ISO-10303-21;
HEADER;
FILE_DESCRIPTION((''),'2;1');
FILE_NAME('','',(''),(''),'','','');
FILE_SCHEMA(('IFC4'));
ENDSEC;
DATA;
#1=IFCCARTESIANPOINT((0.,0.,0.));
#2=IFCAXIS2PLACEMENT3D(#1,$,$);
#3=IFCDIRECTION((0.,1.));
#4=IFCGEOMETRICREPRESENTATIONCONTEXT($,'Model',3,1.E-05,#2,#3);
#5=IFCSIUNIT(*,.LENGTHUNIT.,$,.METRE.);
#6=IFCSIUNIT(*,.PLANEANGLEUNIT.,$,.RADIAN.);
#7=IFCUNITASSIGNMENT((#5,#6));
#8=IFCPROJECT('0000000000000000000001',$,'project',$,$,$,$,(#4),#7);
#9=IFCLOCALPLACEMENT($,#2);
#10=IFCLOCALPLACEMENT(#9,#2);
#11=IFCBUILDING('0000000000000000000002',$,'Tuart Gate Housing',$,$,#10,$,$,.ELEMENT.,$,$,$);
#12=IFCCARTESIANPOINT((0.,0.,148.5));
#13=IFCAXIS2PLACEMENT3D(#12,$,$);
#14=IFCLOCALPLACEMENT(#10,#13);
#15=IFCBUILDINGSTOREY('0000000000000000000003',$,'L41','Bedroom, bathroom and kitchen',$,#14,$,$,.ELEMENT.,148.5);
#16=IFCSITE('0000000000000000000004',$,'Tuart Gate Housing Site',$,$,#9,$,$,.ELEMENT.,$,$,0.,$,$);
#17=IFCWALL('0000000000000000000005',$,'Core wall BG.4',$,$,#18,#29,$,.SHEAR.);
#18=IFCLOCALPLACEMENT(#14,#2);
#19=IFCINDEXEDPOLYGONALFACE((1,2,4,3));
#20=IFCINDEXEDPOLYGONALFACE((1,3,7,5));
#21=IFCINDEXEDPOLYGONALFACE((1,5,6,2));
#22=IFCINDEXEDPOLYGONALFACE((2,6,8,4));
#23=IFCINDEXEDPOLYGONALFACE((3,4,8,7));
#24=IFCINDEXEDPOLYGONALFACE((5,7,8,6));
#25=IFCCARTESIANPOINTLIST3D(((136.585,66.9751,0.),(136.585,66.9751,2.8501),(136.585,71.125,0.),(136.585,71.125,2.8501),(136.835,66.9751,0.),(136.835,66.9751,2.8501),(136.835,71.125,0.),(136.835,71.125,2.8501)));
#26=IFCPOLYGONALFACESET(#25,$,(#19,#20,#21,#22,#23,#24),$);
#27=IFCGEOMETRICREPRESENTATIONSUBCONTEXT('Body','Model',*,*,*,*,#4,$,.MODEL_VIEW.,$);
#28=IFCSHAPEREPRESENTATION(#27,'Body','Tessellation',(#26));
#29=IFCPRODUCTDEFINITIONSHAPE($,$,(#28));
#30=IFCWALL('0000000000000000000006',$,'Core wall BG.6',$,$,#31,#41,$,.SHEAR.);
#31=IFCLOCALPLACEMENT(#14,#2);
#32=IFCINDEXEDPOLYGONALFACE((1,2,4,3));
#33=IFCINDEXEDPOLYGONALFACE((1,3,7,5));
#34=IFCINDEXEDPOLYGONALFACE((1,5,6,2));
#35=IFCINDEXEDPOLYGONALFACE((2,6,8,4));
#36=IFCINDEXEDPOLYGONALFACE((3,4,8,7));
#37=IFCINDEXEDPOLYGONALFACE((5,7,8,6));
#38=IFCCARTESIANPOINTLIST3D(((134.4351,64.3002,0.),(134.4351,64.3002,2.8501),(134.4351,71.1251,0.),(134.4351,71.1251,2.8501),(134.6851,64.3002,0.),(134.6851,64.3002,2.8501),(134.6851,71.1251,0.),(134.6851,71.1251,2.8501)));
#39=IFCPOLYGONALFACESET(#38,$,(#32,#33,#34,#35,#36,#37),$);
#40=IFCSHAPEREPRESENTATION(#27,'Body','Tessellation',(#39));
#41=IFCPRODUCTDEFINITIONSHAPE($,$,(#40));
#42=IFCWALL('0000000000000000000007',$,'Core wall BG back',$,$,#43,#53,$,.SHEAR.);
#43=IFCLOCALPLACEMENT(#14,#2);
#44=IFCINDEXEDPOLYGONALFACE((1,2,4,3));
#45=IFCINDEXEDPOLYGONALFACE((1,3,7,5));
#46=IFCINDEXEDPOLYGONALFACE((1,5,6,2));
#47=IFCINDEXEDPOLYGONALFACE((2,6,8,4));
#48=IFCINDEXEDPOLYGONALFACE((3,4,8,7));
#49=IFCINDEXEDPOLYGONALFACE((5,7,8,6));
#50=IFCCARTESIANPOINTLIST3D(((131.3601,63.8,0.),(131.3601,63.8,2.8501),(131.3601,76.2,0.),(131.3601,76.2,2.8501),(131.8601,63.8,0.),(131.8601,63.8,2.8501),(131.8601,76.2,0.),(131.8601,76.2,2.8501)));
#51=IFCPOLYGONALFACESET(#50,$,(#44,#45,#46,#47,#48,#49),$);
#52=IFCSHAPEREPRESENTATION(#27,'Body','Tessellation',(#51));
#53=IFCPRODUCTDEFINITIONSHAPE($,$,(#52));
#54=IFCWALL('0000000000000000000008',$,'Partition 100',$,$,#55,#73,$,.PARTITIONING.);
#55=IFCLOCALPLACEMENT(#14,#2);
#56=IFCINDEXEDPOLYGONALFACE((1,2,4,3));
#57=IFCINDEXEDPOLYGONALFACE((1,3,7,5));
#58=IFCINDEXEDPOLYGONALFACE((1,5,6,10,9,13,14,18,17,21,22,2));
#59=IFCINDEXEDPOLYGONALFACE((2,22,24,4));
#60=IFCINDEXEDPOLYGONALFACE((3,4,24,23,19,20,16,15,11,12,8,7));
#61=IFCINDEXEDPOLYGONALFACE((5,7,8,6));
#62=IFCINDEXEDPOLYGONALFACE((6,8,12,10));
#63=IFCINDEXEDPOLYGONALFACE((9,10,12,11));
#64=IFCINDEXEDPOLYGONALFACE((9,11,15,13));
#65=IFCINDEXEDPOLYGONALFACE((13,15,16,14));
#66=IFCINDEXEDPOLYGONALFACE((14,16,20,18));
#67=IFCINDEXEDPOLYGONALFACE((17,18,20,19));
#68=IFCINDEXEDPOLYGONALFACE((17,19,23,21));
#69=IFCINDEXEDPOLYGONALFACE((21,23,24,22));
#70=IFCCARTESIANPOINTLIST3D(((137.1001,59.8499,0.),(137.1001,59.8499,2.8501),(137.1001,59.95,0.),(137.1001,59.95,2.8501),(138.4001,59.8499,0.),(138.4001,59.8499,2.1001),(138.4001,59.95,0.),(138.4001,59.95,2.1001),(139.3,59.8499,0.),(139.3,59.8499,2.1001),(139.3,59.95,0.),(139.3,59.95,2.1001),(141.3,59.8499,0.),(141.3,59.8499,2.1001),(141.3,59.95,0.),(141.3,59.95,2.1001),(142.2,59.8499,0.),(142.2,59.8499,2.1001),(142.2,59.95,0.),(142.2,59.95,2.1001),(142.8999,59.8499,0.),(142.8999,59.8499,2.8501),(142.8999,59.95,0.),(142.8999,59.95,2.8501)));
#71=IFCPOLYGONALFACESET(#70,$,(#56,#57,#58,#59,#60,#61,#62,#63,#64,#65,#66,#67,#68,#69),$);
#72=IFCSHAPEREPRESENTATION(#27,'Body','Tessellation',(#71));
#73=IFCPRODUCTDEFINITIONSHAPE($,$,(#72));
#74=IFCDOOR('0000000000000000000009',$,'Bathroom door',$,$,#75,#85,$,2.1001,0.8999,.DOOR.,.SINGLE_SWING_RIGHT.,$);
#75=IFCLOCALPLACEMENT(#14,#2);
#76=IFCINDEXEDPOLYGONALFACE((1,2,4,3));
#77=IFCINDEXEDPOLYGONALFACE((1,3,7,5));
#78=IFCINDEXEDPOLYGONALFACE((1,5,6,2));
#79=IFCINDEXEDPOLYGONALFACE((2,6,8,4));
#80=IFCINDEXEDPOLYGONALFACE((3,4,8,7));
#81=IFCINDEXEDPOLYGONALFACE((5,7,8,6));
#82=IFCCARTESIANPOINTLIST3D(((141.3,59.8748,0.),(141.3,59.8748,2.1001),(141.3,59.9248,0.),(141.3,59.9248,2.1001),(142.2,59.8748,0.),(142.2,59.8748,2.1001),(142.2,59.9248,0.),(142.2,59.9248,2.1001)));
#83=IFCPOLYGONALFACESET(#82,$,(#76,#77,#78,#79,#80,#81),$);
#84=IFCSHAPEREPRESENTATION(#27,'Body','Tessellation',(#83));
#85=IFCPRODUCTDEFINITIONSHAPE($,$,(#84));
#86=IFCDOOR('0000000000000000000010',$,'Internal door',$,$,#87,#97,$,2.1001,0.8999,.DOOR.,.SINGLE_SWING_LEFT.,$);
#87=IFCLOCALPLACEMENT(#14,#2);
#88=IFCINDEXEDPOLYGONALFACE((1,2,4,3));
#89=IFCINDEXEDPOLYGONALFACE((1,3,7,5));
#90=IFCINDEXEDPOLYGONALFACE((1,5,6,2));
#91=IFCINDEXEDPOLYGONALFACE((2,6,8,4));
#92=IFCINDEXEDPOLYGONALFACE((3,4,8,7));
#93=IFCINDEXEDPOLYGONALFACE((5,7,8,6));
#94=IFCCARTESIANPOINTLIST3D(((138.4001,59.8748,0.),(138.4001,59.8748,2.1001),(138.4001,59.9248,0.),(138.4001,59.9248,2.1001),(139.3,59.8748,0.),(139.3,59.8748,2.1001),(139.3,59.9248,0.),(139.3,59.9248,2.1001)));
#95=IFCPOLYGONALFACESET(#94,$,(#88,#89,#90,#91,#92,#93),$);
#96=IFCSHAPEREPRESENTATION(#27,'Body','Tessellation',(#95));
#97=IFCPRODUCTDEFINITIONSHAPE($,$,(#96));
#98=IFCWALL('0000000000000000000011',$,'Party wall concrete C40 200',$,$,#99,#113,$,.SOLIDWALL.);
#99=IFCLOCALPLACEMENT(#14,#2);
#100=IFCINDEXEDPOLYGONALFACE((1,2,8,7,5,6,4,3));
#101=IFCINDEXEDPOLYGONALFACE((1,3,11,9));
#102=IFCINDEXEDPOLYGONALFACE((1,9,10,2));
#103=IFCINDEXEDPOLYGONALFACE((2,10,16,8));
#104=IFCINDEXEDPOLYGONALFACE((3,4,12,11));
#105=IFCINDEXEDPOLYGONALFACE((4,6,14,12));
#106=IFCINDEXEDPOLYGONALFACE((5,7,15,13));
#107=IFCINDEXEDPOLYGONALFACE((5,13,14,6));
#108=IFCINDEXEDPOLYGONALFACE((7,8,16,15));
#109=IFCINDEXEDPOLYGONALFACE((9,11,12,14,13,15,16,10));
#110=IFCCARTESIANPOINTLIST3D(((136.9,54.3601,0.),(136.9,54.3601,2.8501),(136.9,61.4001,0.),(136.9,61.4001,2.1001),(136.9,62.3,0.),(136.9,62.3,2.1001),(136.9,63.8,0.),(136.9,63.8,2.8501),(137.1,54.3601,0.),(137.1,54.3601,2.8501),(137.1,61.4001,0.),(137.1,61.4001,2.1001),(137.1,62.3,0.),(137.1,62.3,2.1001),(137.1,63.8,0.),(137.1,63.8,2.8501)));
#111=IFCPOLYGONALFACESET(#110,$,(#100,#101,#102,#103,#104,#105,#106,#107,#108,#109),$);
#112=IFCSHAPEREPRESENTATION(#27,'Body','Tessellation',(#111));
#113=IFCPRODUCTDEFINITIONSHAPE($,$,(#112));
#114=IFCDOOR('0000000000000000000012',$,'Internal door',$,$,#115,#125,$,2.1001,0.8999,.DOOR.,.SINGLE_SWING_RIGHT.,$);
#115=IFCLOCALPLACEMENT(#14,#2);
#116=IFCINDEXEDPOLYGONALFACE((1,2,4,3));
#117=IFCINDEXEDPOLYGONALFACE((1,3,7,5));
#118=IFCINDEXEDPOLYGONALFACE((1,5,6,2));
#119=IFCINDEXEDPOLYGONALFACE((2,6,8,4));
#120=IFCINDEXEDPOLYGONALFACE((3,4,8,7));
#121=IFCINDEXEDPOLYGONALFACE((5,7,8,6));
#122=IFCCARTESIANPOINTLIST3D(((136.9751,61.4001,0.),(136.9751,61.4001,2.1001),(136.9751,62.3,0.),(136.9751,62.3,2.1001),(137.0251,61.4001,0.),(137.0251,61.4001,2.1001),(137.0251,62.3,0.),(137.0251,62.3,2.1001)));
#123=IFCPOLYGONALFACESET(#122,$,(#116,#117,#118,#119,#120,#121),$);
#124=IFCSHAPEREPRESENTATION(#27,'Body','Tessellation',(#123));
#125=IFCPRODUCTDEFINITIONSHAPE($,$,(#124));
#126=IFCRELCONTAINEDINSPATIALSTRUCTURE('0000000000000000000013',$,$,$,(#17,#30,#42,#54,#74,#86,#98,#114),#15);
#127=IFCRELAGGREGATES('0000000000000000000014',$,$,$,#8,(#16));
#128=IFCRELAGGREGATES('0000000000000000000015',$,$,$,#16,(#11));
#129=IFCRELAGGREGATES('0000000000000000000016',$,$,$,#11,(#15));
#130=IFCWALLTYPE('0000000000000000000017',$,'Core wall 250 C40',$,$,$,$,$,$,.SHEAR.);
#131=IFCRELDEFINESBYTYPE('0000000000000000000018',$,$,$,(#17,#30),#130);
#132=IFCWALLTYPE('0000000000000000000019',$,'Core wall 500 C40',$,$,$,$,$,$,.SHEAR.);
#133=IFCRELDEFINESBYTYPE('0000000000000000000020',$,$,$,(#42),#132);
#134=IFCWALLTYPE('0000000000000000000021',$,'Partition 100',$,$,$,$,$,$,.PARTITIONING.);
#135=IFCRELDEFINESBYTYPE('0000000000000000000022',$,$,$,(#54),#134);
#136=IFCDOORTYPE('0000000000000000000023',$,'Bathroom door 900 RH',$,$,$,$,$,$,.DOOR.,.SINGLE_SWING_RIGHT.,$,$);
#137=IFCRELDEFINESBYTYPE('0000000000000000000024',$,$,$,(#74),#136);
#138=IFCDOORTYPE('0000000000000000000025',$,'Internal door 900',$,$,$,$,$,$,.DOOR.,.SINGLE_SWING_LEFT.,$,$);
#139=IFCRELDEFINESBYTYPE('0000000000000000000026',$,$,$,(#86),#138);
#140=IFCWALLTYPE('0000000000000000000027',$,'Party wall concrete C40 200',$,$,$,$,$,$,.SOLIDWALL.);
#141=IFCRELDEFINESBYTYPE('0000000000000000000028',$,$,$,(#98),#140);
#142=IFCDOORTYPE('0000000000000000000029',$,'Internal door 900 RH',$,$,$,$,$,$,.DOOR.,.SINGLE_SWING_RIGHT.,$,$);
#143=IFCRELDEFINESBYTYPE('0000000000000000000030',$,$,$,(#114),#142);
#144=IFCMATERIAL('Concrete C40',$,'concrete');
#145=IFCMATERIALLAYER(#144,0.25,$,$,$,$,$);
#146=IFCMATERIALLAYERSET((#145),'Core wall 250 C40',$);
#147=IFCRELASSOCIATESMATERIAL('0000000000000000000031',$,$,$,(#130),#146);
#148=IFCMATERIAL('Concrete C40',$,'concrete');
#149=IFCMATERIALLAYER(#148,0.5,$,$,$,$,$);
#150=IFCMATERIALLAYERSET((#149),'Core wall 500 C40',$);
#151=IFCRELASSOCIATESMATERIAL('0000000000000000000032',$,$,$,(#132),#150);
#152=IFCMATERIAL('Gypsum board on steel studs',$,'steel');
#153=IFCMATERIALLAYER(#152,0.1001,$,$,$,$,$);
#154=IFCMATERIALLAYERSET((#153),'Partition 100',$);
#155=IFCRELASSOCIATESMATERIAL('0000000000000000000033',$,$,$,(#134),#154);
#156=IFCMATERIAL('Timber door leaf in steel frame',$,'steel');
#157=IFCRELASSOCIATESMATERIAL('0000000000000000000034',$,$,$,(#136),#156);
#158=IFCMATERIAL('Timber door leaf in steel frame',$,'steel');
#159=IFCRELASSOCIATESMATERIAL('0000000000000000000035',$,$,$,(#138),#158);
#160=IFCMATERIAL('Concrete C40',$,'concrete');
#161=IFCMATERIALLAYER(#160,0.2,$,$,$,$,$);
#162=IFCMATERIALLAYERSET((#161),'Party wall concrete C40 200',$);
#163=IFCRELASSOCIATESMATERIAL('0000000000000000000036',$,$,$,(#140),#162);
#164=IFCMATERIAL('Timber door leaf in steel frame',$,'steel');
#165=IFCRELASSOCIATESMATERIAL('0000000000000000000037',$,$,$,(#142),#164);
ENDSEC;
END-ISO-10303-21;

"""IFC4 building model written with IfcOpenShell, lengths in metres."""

from ifc_helpers import new_model, si_unit, direction, frame, frame_2d, origin, place, context, subcontext, project, spatial, rectangle, extrude, material, layer, layer_set, type_object, element, fill, save


model = new_model("IFC4")

# Units and contexts
model_context = context("Model", 3, precision=1e-05, world=origin(), true_north=direction((0.0, 1.0)))
body_context = subcontext(model_context, "Body", "Model", "MODEL_VIEW")
ifc_project = project(units=[si_unit("LENGTHUNIT", "METRE"), si_unit("PLANEANGLEUNIT", "RADIAN")], contexts=[model_context])

# Site, building, storey
site_placement = place(None, origin())
site = spatial("IfcSite", under=ifc_project, at=site_placement, Name="Tuart Gate Housing Site", CompositionType="ELEMENT", RefElevation=0.0)
building_placement = place(site_placement, origin())
building = spatial("IfcBuilding", under=site, at=building_placement, Name="Tuart Gate Housing", CompositionType="ELEMENT")
storey_placement = place(building_placement, frame((0.0, 0.0, 148.5)))
storey = spatial("IfcBuildingStorey", under=building, at=storey_placement, Name="L41", Description="Bedroom, bathroom and kitchen", CompositionType="ELEMENT", Elevation=148.5)

# Walls
ifc_material_1 = material(Name="Concrete C40", Category="concrete")
ifc_layer_1 = layer(ifc_material_1, 0.25)
ifc_layer_set_1 = layer_set([ifc_layer_1], Name="Core wall 250 C40")
wall_type_1 = type_object("IfcWallType", Name="Core wall 250 C40", PredefinedType="SHEAR", material=ifc_layer_set_1)
wall_1_placement = place(storey_placement, frame((136.71, 66.9751, 0.0), z_axis=(0.0, 0.0, 1.0), x_axis=(0.0, 1.0, 0.0)))
element("IfcWall", 1, at=wall_1_placement, inside=storey, type_object=wall_type_1, Name="Core wall BG.4", PredefinedType="SHEAR", context=body_context, shape_type="SweptSolid", body=[
    extrude(rectangle(XDim=4.1499, YDim=0.25, at=frame_2d((2.075, 0.0))), origin(), (0.0, 0.0, 1.0), 2.8501),
])
wall_2_placement = place(storey_placement, frame((134.5601, 64.3, 0.0), z_axis=(0.0, 0.0, 1.0), x_axis=(0.0, 1.0, 0.0)))
element("IfcWall", 2, at=wall_2_placement, inside=storey, type_object=wall_type_1, Name="Core wall BG.6", PredefinedType="SHEAR", context=body_context, shape_type="SweptSolid", body=[
    extrude(rectangle(XDim=6.825, YDim=0.25, at=frame_2d((3.4126, 0.0))), origin(), (0.0, 0.0, 1.0), 2.8501),
])
ifc_material_2 = material(Name="Concrete C40", Category="concrete")
ifc_layer_2 = layer(ifc_material_2, 0.5)
ifc_layer_set_2 = layer_set([ifc_layer_2], Name="Core wall 500 C40")
wall_type_2 = type_object("IfcWallType", Name="Core wall 500 C40", PredefinedType="SHEAR", material=ifc_layer_set_2)
wall_3_placement = place(storey_placement, frame((131.6101, 63.8, 0.0), z_axis=(0.0, 0.0, 1.0), x_axis=(0.0, 1.0, 0.0)))
element("IfcWall", 3, at=wall_3_placement, inside=storey, type_object=wall_type_2, Name="Core wall BG back", PredefinedType="SHEAR", context=body_context, shape_type="SweptSolid", body=[
    extrude(rectangle(XDim=12.3999, YDim=0.5, at=frame_2d((6.2, 0.0))), origin(), (0.0, 0.0, 1.0), 2.8501),
])

# Wall, openings, doors
ifc_material_3 = material(Name="Gypsum board on steel studs", Category="steel")
ifc_layer_3 = layer(ifc_material_3, 0.1001)
ifc_layer_set_3 = layer_set([ifc_layer_3], Name="Partition 100")
wall_type_3 = type_object("IfcWallType", Name="Partition 100", PredefinedType="PARTITIONING", material=ifc_layer_set_3)
wall_4_placement = place(storey_placement, frame((137.1001, 59.8999, 0.0), z_axis=(0.0, 0.0, 1.0), x_axis=(1.0, 0.0, 0.0)))
wall_4 = element("IfcWall", 4, at=wall_4_placement, inside=storey, type_object=wall_type_3, Name="Partition 100", PredefinedType="PARTITIONING", context=body_context, shape_type="SweptSolid", body=[
    extrude(rectangle(XDim=5.7998, YDim=0.1001, at=frame_2d((2.8999, 0.0))), origin(), (0.0, 0.0, 1.0), 2.8501),
])
opening_1_placement = place(wall_4_placement, frame((1.3, 0.0, 0.0)))
opening_1 = element("IfcOpeningElement", 5, at=opening_1_placement, cuts=wall_4, PredefinedType="OPENING", context=body_context, shape_type="SweptSolid", body=[
    extrude(rectangle(XDim=0.8999, YDim=2.1001, at=frame_2d((0.45, 1.05))), frame((0.0, 0.0601, 0.0), z_axis=(0.0, -1.0, 0.0), x_axis=(1.0, 0.0, 0.0)), (0.0, 0.0, 1.0), 0.1201),
])
opening_2_placement = place(wall_4_placement, frame((4.2, 0.0, 0.0)))
opening_2 = element("IfcOpeningElement", 6, at=opening_2_placement, cuts=wall_4, PredefinedType="OPENING", context=body_context, shape_type="SweptSolid", body=[
    extrude(rectangle(XDim=0.8999, YDim=2.1001, at=frame_2d((0.45, 1.05))), frame((0.0, 0.0601, 0.0), z_axis=(0.0, -1.0, 0.0), x_axis=(1.0, 0.0, 0.0)), (0.0, 0.0, 1.0), 0.1201),
])
ifc_material_4 = material(Name="Timber door leaf in steel frame", Category="steel")
door_type_1 = type_object("IfcDoorType", Name="Bathroom door 900 RH", OperationType="SINGLE_SWING_RIGHT", PredefinedType="DOOR", material=ifc_material_4)
door_1_placement = place(opening_2_placement, frame((0.8999, 0.0, 0.0), z_axis=(0.0, 0.0, 1.0), x_axis=(-1.0, 0.0, 0.0)))
door_1 = element("IfcDoor", 7, at=door_1_placement, inside=storey, type_object=door_type_1, Name="Bathroom door", OperationType="SINGLE_SWING_RIGHT", OverallHeight=2.1001, OverallWidth=0.8999, PredefinedType="DOOR", context=body_context, shape_type="SweptSolid", body=[
    extrude(rectangle(XDim=0.8999, YDim=2.1001, at=frame_2d((0.45, 1.05))), frame((0.0, 0.0251, 0.0), z_axis=(0.0, -1.0, 0.0), x_axis=(1.0, 0.0, 0.0)), (0.0, 0.0, 1.0), 0.05),
])
fill(opening_2, door_1)
ifc_material_5 = material(Name="Timber door leaf in steel frame", Category="steel")
door_type_2 = type_object("IfcDoorType", Name="Internal door 900", OperationType="SINGLE_SWING_LEFT", PredefinedType="DOOR", material=ifc_material_5)
door_2_placement = place(opening_1_placement, frame((0.8999, 0.0, 0.0), z_axis=(0.0, 0.0, 1.0), x_axis=(-1.0, 0.0, 0.0)))
door_2 = element("IfcDoor", 8, at=door_2_placement, inside=storey, type_object=door_type_2, Name="Internal door", OperationType="SINGLE_SWING_LEFT", OverallHeight=2.1001, OverallWidth=0.8999, PredefinedType="DOOR", context=body_context, shape_type="SweptSolid", body=[
    extrude(rectangle(XDim=0.8999, YDim=2.1001, at=frame_2d((0.45, 1.05))), frame((0.0, 0.0251, 0.0), z_axis=(0.0, -1.0, 0.0), x_axis=(1.0, 0.0, 0.0)), (0.0, 0.0, 1.0), 0.05),
])
fill(opening_1, door_2)

# Wall, opening, door
ifc_material_6 = material(Name="Concrete C40", Category="concrete")
ifc_layer_4 = layer(ifc_material_6, 0.2)
ifc_layer_set_4 = layer_set([ifc_layer_4], Name="Party wall concrete C40 200")
wall_type_4 = type_object("IfcWallType", Name="Party wall concrete C40 200", PredefinedType="SOLIDWALL", material=ifc_layer_set_4)
wall_5_placement = place(storey_placement, frame((137.0, 54.3601, 0.0), z_axis=(0.0, 0.0, 1.0), x_axis=(0.0, 1.0, 0.0)))
wall_5 = element("IfcWall", 9, at=wall_5_placement, inside=storey, type_object=wall_type_4, Name="Party wall concrete C40 200", PredefinedType="SOLIDWALL", context=body_context, shape_type="SweptSolid", body=[
    extrude(rectangle(XDim=9.4399, YDim=0.2, at=frame_2d((4.72, 0.0))), origin(), (0.0, 0.0, 1.0), 2.8501),
])
opening_3_placement = place(wall_5_placement, frame((7.04, 0.0, 0.0)))
opening_3 = element("IfcOpeningElement", 10, at=opening_3_placement, cuts=wall_5, PredefinedType="OPENING", context=body_context, shape_type="SweptSolid", body=[
    extrude(rectangle(XDim=0.8999, YDim=2.1001, at=frame_2d((0.45, 1.05))), frame((0.0, 0.1099, 0.0), z_axis=(0.0, -1.0, 0.0), x_axis=(1.0, 0.0, 0.0)), (0.0, 0.0, 1.0), 0.22),
])
ifc_material_7 = material(Name="Timber door leaf in steel frame", Category="steel")
door_type_3 = type_object("IfcDoorType", Name="Internal door 900 RH", OperationType="SINGLE_SWING_RIGHT", PredefinedType="DOOR", material=ifc_material_7)
door_3_placement = place(opening_3_placement, frame((0.8999, 0.0, 0.0), z_axis=(0.0, 0.0, 1.0), x_axis=(-1.0, 0.0, 0.0)))
door_3 = element("IfcDoor", 11, at=door_3_placement, inside=storey, type_object=door_type_3, Name="Internal door", OperationType="SINGLE_SWING_RIGHT", OverallHeight=2.1001, OverallWidth=0.8999, PredefinedType="DOOR", context=body_context, shape_type="SweptSolid", body=[
    extrude(rectangle(XDim=0.8999, YDim=2.1001, at=frame_2d((0.45, 1.05))), frame((0.0, 0.0251, 0.0), z_axis=(0.0, -1.0, 0.0), x_axis=(1.0, 0.0, 0.0)), (0.0, 0.0, 1.0), 0.05),
])
fill(opening_3, door_3)

save(model, "model.ifc")
